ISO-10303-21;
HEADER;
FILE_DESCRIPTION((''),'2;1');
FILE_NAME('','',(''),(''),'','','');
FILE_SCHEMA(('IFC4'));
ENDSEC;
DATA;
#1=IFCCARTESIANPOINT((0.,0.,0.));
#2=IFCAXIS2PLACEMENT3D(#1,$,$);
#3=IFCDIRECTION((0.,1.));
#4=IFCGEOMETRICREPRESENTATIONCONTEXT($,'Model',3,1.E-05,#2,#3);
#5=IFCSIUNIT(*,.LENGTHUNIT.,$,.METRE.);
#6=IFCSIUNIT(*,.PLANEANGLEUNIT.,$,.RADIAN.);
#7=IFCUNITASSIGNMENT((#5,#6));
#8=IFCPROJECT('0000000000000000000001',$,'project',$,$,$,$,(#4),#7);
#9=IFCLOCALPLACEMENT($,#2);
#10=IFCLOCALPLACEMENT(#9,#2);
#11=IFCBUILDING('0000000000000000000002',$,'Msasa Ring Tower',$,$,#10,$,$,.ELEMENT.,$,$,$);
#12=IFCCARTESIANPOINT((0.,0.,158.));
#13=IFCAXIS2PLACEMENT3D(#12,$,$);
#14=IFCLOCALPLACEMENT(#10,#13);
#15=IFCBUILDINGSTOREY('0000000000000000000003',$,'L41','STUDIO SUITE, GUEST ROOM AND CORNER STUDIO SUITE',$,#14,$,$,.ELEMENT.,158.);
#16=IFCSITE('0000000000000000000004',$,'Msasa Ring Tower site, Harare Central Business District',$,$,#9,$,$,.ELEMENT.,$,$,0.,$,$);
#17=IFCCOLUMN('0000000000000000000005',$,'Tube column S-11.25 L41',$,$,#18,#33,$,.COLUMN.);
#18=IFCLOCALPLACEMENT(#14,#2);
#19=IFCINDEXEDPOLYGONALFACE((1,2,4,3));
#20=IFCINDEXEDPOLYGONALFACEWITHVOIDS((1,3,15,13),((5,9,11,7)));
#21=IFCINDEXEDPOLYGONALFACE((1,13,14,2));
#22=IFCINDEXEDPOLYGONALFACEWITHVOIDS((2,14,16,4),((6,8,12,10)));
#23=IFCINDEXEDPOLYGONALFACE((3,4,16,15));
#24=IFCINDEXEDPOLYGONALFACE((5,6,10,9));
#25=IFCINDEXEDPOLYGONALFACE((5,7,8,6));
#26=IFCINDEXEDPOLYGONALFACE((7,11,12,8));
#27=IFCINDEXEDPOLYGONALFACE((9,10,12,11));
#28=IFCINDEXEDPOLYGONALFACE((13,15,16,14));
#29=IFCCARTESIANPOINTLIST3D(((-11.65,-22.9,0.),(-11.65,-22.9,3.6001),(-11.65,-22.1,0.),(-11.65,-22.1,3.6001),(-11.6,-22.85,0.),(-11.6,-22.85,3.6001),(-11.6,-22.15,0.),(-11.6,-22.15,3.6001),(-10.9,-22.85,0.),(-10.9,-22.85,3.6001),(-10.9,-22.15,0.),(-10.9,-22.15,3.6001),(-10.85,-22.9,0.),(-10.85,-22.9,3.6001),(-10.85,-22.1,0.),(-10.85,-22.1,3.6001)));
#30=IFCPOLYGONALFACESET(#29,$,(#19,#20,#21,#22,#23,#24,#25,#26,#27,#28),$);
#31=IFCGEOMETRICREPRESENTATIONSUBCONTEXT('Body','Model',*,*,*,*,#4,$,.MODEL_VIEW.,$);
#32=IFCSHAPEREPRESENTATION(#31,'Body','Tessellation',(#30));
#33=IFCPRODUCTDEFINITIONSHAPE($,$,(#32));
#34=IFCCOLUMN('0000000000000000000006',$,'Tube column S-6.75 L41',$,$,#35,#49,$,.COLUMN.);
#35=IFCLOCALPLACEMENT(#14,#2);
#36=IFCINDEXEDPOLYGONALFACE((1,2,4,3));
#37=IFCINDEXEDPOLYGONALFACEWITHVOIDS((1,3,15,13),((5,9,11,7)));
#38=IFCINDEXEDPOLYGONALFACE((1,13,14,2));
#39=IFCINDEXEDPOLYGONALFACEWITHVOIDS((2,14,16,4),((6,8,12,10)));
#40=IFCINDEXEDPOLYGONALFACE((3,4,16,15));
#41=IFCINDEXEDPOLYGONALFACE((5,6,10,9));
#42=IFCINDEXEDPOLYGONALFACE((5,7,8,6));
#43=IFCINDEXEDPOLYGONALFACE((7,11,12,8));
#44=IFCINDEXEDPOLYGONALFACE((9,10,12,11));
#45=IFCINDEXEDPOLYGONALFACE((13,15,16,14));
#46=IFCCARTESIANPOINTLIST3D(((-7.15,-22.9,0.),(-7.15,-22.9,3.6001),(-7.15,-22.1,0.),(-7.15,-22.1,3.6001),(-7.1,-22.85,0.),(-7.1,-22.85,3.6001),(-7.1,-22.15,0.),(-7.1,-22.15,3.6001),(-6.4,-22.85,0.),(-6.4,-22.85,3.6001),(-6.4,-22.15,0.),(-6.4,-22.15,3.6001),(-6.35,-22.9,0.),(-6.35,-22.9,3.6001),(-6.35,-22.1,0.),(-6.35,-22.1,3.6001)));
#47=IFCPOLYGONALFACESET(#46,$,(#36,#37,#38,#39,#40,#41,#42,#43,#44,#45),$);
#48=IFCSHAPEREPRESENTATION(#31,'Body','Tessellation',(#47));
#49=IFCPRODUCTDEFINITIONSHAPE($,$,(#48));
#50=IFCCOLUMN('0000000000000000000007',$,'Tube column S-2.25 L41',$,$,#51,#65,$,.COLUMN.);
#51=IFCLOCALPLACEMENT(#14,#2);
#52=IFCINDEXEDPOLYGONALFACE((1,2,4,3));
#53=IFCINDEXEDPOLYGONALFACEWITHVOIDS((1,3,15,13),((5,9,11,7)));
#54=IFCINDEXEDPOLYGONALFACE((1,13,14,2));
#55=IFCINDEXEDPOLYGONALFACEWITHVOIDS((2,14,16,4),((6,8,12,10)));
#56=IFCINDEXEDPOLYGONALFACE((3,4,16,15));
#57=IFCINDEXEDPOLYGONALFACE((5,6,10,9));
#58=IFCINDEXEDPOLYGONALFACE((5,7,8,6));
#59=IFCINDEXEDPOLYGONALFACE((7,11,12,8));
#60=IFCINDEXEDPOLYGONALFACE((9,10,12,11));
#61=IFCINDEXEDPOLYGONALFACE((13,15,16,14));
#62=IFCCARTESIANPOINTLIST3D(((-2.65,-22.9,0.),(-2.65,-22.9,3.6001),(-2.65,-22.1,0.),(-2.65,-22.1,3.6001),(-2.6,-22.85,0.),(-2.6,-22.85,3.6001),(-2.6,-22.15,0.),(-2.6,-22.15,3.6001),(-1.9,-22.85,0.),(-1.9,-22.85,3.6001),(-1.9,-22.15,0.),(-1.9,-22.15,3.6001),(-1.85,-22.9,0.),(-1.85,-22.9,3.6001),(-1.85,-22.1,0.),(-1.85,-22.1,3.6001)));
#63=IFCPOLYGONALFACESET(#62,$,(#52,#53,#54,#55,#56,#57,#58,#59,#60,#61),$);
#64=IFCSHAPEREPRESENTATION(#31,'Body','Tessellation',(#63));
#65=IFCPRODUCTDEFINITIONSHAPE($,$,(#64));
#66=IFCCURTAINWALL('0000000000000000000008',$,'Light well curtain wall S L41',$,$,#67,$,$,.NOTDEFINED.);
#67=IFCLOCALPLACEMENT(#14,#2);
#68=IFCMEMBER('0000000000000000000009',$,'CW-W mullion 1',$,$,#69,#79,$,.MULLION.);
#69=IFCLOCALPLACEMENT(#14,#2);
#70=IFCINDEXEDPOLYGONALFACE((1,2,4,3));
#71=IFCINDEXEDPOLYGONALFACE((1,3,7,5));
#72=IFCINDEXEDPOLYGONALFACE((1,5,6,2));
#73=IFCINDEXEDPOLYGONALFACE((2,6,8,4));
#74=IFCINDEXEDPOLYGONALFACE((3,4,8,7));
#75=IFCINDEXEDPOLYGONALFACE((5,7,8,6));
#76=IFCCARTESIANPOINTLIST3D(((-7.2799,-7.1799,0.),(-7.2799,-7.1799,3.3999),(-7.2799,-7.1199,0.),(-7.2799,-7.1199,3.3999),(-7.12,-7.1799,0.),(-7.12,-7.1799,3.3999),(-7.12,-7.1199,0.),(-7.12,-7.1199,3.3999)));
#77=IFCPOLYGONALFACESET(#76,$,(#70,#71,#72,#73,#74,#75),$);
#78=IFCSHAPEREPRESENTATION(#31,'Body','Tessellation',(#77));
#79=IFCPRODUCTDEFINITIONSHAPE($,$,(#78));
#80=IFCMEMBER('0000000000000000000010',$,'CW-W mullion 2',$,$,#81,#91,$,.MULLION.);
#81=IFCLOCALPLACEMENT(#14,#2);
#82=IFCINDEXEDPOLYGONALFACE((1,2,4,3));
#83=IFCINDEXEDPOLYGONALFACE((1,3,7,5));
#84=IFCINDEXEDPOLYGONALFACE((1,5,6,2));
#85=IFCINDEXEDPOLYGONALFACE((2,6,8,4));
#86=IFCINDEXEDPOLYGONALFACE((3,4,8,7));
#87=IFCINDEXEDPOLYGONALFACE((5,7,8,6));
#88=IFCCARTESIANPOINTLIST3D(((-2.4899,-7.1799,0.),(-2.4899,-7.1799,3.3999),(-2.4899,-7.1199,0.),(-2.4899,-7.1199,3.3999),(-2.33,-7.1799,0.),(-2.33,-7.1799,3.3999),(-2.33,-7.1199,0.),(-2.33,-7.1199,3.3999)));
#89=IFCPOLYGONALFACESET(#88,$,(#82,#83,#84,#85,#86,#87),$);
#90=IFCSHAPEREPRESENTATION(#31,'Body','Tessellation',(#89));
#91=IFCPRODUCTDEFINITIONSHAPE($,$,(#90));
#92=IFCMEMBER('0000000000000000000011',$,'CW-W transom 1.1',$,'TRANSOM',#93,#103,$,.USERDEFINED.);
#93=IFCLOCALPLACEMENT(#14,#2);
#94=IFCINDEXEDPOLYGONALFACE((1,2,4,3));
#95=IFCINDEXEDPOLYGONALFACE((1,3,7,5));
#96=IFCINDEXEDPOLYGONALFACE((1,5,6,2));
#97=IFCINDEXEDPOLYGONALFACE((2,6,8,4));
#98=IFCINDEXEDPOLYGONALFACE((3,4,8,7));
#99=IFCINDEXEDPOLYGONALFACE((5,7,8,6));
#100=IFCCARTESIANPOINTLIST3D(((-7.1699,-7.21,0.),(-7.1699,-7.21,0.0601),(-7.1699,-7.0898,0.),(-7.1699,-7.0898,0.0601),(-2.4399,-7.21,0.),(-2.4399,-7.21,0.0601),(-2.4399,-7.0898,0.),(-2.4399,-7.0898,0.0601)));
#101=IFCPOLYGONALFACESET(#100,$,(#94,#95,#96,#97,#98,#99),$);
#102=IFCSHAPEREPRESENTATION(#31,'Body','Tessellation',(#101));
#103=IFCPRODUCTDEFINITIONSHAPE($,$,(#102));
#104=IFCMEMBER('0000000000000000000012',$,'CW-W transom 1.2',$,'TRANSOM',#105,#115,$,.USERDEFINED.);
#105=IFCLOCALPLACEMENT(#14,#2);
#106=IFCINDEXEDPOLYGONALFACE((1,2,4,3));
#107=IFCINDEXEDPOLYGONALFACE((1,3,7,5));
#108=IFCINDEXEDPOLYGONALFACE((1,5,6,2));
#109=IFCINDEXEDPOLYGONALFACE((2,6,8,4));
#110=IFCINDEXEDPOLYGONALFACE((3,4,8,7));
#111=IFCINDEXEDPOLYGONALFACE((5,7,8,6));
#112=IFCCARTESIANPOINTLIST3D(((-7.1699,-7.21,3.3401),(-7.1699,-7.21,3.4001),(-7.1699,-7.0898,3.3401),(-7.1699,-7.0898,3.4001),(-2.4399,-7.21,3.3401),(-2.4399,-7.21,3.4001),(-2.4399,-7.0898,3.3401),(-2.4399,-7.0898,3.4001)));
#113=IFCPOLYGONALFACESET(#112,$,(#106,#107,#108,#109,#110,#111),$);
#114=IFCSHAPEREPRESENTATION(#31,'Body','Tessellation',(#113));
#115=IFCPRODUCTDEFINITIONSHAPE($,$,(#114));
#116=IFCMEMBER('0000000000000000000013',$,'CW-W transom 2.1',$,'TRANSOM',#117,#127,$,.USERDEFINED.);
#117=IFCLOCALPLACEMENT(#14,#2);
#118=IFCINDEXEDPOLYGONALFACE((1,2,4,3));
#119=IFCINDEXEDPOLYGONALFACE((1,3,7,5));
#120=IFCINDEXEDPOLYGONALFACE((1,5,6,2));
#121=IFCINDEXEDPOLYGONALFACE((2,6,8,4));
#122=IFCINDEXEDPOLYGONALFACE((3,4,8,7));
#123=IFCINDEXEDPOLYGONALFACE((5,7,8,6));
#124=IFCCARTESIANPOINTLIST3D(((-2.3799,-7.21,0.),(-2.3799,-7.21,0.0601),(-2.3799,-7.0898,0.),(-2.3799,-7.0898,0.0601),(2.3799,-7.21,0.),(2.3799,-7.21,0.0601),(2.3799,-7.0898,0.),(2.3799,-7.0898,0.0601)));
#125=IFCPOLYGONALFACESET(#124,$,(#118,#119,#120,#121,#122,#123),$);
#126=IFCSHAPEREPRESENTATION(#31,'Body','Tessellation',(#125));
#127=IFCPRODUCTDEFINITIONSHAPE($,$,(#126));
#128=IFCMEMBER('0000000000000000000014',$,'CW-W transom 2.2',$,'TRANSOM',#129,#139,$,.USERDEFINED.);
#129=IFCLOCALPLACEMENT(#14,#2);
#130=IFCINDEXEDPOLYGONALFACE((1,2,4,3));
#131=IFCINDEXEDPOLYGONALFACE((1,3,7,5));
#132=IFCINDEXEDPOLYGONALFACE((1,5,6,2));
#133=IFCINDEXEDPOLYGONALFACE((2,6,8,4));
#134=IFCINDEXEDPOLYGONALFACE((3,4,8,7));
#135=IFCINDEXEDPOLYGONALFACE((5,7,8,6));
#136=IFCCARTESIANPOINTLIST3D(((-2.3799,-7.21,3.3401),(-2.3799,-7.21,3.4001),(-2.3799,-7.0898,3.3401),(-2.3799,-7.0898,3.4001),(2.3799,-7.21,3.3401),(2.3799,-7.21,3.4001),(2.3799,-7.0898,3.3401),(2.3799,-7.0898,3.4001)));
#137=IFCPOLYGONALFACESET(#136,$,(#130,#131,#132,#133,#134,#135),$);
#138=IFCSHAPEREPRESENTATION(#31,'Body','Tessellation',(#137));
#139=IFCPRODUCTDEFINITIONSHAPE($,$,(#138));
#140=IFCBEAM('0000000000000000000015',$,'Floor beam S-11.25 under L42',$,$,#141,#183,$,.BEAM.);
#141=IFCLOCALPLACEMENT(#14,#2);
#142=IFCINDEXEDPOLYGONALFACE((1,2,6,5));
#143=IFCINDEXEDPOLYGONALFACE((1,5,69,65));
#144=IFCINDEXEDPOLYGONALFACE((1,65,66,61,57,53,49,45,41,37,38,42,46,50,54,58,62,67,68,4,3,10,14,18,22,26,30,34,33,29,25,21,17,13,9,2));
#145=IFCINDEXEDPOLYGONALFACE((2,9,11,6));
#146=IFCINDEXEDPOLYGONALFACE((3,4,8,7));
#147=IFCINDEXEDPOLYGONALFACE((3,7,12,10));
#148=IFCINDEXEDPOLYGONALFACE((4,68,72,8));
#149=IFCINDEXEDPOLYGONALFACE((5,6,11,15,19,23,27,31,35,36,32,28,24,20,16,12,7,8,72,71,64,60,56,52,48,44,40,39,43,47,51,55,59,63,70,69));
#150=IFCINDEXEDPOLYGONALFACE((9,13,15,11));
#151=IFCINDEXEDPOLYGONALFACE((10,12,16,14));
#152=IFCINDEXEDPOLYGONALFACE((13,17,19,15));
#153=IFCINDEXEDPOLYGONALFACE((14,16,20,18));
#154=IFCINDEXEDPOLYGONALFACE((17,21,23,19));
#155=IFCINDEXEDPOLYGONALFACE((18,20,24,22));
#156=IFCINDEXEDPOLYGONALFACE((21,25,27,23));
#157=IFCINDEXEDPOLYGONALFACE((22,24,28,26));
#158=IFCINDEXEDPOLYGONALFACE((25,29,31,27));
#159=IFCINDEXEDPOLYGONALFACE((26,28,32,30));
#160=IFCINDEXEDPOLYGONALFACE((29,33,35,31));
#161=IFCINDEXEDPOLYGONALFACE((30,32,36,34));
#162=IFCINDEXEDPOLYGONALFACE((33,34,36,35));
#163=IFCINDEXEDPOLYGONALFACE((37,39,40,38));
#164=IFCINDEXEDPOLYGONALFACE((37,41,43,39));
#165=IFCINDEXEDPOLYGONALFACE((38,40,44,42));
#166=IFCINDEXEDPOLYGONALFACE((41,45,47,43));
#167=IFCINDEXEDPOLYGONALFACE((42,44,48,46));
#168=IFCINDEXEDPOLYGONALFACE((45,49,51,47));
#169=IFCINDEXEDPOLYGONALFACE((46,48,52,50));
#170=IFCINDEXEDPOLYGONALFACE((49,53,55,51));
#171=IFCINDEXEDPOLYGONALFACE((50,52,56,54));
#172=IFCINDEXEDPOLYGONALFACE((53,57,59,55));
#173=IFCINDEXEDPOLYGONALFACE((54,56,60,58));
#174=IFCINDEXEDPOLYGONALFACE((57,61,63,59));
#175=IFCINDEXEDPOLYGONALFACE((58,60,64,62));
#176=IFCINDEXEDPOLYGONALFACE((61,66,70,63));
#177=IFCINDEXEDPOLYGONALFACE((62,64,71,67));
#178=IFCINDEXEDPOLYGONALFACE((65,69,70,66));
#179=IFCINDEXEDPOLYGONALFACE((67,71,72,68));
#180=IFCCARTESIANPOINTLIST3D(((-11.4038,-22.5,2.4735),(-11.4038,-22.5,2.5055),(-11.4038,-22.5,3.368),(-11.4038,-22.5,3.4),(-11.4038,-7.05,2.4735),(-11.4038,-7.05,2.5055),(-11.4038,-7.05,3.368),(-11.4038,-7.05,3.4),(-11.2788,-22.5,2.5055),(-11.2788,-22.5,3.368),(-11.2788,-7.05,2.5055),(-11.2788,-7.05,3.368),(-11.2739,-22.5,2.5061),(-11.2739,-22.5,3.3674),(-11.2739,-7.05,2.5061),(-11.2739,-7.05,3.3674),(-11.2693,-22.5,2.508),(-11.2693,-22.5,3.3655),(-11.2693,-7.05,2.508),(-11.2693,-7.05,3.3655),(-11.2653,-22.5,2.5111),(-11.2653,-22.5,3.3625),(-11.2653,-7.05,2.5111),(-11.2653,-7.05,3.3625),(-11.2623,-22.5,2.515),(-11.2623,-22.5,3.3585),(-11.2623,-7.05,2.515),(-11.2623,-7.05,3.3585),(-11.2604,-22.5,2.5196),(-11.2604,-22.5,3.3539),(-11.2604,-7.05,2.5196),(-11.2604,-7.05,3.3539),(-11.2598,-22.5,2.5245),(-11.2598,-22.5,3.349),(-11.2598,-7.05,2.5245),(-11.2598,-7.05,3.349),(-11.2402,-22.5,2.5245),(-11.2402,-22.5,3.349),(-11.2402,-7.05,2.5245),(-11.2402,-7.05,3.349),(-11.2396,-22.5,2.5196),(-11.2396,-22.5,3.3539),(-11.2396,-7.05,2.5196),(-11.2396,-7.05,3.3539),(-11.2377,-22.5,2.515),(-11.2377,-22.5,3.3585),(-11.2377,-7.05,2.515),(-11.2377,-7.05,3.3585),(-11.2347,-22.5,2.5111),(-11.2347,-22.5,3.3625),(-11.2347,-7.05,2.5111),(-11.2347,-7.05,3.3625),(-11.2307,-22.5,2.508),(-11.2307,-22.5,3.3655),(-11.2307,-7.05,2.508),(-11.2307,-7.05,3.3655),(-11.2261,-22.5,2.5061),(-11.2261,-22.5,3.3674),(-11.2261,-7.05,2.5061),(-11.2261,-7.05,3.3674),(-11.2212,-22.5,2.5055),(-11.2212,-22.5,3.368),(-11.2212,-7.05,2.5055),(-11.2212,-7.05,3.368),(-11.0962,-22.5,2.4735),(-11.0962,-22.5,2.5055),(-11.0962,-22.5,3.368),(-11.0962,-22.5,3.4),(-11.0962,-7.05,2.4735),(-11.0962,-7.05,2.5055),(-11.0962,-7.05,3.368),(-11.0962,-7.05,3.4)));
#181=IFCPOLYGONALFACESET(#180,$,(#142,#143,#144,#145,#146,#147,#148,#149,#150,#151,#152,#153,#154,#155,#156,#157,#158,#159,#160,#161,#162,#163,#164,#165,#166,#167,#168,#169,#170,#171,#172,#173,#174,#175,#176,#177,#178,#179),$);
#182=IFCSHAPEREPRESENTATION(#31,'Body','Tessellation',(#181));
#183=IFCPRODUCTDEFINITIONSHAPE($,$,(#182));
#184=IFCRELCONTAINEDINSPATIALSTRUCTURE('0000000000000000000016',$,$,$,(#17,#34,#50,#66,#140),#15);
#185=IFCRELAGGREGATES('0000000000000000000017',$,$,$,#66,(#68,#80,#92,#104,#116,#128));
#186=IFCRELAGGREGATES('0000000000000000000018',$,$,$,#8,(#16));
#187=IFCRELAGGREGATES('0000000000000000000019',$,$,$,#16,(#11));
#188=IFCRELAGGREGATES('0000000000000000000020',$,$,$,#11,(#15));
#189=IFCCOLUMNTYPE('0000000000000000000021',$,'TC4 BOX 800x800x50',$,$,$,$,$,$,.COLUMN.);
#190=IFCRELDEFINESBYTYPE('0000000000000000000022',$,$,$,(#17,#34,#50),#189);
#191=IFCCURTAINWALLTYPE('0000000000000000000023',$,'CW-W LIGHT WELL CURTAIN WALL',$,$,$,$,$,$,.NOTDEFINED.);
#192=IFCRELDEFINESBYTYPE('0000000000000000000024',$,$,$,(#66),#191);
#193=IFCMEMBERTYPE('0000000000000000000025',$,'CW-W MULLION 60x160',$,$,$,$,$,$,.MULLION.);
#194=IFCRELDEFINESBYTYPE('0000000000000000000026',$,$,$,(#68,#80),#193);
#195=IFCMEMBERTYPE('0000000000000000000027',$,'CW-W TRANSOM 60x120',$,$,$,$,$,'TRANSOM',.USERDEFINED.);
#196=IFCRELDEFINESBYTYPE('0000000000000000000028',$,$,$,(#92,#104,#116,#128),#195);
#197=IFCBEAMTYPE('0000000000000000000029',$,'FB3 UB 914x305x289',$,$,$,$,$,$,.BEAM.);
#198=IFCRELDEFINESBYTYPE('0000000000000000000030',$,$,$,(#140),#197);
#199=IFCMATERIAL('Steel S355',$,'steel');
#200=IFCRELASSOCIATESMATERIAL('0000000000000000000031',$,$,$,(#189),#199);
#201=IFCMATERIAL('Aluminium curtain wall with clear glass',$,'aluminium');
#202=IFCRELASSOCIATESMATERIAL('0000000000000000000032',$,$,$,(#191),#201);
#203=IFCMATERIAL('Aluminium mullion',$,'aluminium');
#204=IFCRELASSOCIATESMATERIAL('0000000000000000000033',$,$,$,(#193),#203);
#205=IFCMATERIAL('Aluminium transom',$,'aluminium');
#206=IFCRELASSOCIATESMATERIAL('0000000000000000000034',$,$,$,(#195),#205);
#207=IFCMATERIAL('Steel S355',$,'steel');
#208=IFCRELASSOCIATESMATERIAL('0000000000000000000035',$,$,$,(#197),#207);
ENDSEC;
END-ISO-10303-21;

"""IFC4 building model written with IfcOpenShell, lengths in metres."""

from ifc_helpers import new_model, si_unit, direction, frame, origin, origin_2d, place, context, subcontext, project, spatial, rectangle, hollow_rectangle, i_section, extrude, material, material_profile, profile_set, type_object, element, aggregate, save


model = new_model("IFC4")

# Units and contexts
model_context = context("Model", 3, precision=1e-05, world=origin(), true_north=direction((0.0, 1.0)))
body_context = subcontext(model_context, "Body", "Model", "MODEL_VIEW")
ifc_project = project(units=[si_unit("LENGTHUNIT", "METRE"), si_unit("PLANEANGLEUNIT", "RADIAN")], contexts=[model_context])

# Site, building, storey
site_placement = place(None, origin())
site = spatial("IfcSite", under=ifc_project, at=site_placement, Name="Msasa Ring Tower site, Harare Central Business District", CompositionType="ELEMENT", RefElevation=0.0)
building_placement = place(site_placement, origin())
building = spatial("IfcBuilding", under=site, at=building_placement, Name="Msasa Ring Tower", CompositionType="ELEMENT")
storey_placement = place(building_placement, frame((0.0, 0.0, 158.0)))
storey = spatial("IfcBuildingStorey", under=building, at=storey_placement, Name="L41", Description="STUDIO SUITE, GUEST ROOM AND CORNER STUDIO SUITE", CompositionType="ELEMENT", Elevation=158.0)

# Columns
ifc_material_1 = material(Name="Steel S355", Category="steel")
ifc_material_profile_1 = material_profile(ifc_material_1, hollow_rectangle(XDim=0.8, YDim=0.8, WallThickness=0.05, at=origin_2d()), Name="BOX 800x800x50")
ifc_profile_set_1 = profile_set([ifc_material_profile_1], Name="Steel S355")
column_type = type_object("IfcColumnType", Name="TC4 BOX 800x800x50", PredefinedType="COLUMN", material=ifc_profile_set_1)
for number, where, z_axis, x_axis, name in (
    (1, (-11.25, -22.5, 0.0), (0.0, 0.0, 1.0), (0.0, 1.0, 0.0), "Tube column S-11.25 L41"),
    (2, (-6.75, -22.5, 0.0), (0.0, 0.0, 1.0), (0.0, 1.0, 0.0), "Tube column S-6.75 L41"),
    (3, (-2.25, -22.5, 0.0), (0.0, 0.0, 1.0), (0.0, 1.0, 0.0), "Tube column S-2.25 L41"),
):
    element("IfcColumn", number, at=place(storey_placement, frame(where, z_axis=z_axis, x_axis=x_axis)), inside=storey, type_object=column_type, Name=name, PredefinedType="COLUMN", context=body_context, shape_type="SweptSolid", body=[
        extrude(hollow_rectangle(XDim=0.8, YDim=0.8, WallThickness=0.05, at=origin_2d()), origin(), (0.0, 0.0, 1.0), 3.6001),
    ])

# Curtain wall, members
ifc_material_2 = material(Name="Aluminium curtain wall with clear glass", Category="aluminium")
curtain_wall_type = type_object("IfcCurtainWallType", Name="CW-W LIGHT WELL CURTAIN WALL", PredefinedType="NOTDEFINED", material=ifc_material_2)
curtain_wall_placement = place(storey_placement, origin())
curtain_wall = element("IfcCurtainWall", 4, at=curtain_wall_placement, inside=storey, type_object=curtain_wall_type, Name="Light well curtain wall S L41", PredefinedType="NOTDEFINED")
ifc_material_3 = material(Name="Aluminium mullion", Category="aluminium")
ifc_material_profile_2 = material_profile(ifc_material_3, rectangle(XDim=0.0601, YDim=0.1599, at=origin_2d()), Name="AL 60x160")
ifc_profile_set_2 = profile_set([ifc_material_profile_2], Name="Aluminium mullion")
member_type_1 = type_object("IfcMemberType", Name="CW-W MULLION 60x160", PredefinedType="MULLION", material=ifc_profile_set_2)
member_1_placement = place(storey_placement, frame((-7.2, -7.1499, 0.0), z_axis=(0.0, 0.0, 1.0), x_axis=(0.0, 1.0, 0.0)))
member_1 = element("IfcMember", 5, at=member_1_placement, type_object=member_type_1, Name="CW-W mullion 1", PredefinedType="MULLION", context=body_context, shape_type="SweptSolid", body=[
    extrude(rectangle(XDim=0.0601, YDim=0.1599, at=origin_2d()), origin(), (0.0, 0.0, 1.0), 3.3999),
])
member_2_placement = place(storey_placement, frame((-2.4099, -7.1499, 0.0), z_axis=(0.0, 0.0, 1.0), x_axis=(0.0, 1.0, 0.0)))
member_2 = element("IfcMember", 6, at=member_2_placement, type_object=member_type_1, Name="CW-W mullion 2", PredefinedType="MULLION", context=body_context, shape_type="SweptSolid", body=[
    extrude(rectangle(XDim=0.0601, YDim=0.1599, at=origin_2d()), origin(), (0.0, 0.0, 1.0), 3.3999),
])
ifc_material_4 = material(Name="Aluminium transom", Category="aluminium")
ifc_material_profile_3 = material_profile(ifc_material_4, rectangle(XDim=0.1201, YDim=0.0601, at=origin_2d()), Name="AL 60x120")
ifc_profile_set_3 = profile_set([ifc_material_profile_3], Name="Aluminium transom")
member_type_2 = type_object("IfcMemberType", Name="CW-W TRANSOM 60x120", ElementType="TRANSOM", PredefinedType="USERDEFINED", material=ifc_profile_set_3)
member_3_placement = place(storey_placement, frame((-7.1699, -7.1499, 0.03), z_axis=(1.0, 0.0, 0.0), x_axis=(0.0, 1.0, 0.0)))
member_3 = element("IfcMember", 7, at=member_3_placement, type_object=member_type_2, Name="CW-W transom 1.1", ObjectType="TRANSOM", PredefinedType="USERDEFINED", context=body_context, shape_type="SweptSolid", body=[
    extrude(rectangle(XDim=0.1201, YDim=0.0601, at=origin_2d()), origin(), (0.0, 0.0, 1.0), 4.73),
])
member_4_placement = place(storey_placement, frame((-7.1699, -7.1499, 3.3701), z_axis=(1.0, 0.0, 0.0), x_axis=(0.0, 1.0, 0.0)))
member_4 = element("IfcMember", 8, at=member_4_placement, type_object=member_type_2, Name="CW-W transom 1.2", ObjectType="TRANSOM", PredefinedType="USERDEFINED", context=body_context, shape_type="SweptSolid", body=[
    extrude(rectangle(XDim=0.1201, YDim=0.0601, at=origin_2d()), origin(), (0.0, 0.0, 1.0), 4.73),
])
member_5_placement = place(storey_placement, frame((-2.3799, -7.1499, 0.03), z_axis=(1.0, 0.0, 0.0), x_axis=(0.0, 1.0, 0.0)))
member_5 = element("IfcMember", 9, at=member_5_placement, type_object=member_type_2, Name="CW-W transom 2.1", ObjectType="TRANSOM", PredefinedType="USERDEFINED", context=body_context, shape_type="SweptSolid", body=[
    extrude(rectangle(XDim=0.1201, YDim=0.0601, at=origin_2d()), origin(), (0.0, 0.0, 1.0), 4.7598),
])
member_6_placement = place(storey_placement, frame((-2.3799, -7.1499, 3.3701), z_axis=(1.0, 0.0, 0.0), x_axis=(0.0, 1.0, 0.0)))
member_6 = element("IfcMember", 10, at=member_6_placement, type_object=member_type_2, Name="CW-W transom 2.2", ObjectType="TRANSOM", PredefinedType="USERDEFINED", context=body_context, shape_type="SweptSolid", body=[
    extrude(rectangle(XDim=0.1201, YDim=0.0601, at=origin_2d()), origin(), (0.0, 0.0, 1.0), 4.7598),
])

# Beam
ifc_material_5 = material(Name="Steel S355", Category="steel")
ifc_material_profile_4 = material_profile(ifc_material_5, i_section(OverallWidth=0.3076, OverallDepth=0.9265, WebThickness=0.0195, FlangeThickness=0.032, FilletRadius=0.019, at=origin_2d()), Name="UB 914x305x289")
ifc_profile_set_4 = profile_set([ifc_material_profile_4], Name="Steel S355")
beam_type_1 = type_object("IfcBeamType", Name="FB3 UB 914x305x289", PredefinedType="BEAM", material=ifc_profile_set_4)
beam_placement = place(storey_placement, frame((-11.25, -22.5, 2.9368), z_axis=(0.0, 1.0, 0.0), x_axis=(-1.0, 0.0, 0.0)))
element("IfcBeam", 11, at=beam_placement, inside=storey, type_object=beam_type_1, Name="Floor beam S-11.25 under L42", PredefinedType="BEAM", context=body_context, shape_type="SweptSolid", body=[
    extrude(i_section(OverallWidth=0.3076, OverallDepth=0.9265, WebThickness=0.0195, FlangeThickness=0.032, FilletRadius=0.019, at=origin_2d()), origin(), (0.0, 0.0, 1.0), 15.45),
])

aggregate(curtain_wall, [member_1, member_2, member_3, member_4, member_5, member_6])

save(model, "model.ifc")
